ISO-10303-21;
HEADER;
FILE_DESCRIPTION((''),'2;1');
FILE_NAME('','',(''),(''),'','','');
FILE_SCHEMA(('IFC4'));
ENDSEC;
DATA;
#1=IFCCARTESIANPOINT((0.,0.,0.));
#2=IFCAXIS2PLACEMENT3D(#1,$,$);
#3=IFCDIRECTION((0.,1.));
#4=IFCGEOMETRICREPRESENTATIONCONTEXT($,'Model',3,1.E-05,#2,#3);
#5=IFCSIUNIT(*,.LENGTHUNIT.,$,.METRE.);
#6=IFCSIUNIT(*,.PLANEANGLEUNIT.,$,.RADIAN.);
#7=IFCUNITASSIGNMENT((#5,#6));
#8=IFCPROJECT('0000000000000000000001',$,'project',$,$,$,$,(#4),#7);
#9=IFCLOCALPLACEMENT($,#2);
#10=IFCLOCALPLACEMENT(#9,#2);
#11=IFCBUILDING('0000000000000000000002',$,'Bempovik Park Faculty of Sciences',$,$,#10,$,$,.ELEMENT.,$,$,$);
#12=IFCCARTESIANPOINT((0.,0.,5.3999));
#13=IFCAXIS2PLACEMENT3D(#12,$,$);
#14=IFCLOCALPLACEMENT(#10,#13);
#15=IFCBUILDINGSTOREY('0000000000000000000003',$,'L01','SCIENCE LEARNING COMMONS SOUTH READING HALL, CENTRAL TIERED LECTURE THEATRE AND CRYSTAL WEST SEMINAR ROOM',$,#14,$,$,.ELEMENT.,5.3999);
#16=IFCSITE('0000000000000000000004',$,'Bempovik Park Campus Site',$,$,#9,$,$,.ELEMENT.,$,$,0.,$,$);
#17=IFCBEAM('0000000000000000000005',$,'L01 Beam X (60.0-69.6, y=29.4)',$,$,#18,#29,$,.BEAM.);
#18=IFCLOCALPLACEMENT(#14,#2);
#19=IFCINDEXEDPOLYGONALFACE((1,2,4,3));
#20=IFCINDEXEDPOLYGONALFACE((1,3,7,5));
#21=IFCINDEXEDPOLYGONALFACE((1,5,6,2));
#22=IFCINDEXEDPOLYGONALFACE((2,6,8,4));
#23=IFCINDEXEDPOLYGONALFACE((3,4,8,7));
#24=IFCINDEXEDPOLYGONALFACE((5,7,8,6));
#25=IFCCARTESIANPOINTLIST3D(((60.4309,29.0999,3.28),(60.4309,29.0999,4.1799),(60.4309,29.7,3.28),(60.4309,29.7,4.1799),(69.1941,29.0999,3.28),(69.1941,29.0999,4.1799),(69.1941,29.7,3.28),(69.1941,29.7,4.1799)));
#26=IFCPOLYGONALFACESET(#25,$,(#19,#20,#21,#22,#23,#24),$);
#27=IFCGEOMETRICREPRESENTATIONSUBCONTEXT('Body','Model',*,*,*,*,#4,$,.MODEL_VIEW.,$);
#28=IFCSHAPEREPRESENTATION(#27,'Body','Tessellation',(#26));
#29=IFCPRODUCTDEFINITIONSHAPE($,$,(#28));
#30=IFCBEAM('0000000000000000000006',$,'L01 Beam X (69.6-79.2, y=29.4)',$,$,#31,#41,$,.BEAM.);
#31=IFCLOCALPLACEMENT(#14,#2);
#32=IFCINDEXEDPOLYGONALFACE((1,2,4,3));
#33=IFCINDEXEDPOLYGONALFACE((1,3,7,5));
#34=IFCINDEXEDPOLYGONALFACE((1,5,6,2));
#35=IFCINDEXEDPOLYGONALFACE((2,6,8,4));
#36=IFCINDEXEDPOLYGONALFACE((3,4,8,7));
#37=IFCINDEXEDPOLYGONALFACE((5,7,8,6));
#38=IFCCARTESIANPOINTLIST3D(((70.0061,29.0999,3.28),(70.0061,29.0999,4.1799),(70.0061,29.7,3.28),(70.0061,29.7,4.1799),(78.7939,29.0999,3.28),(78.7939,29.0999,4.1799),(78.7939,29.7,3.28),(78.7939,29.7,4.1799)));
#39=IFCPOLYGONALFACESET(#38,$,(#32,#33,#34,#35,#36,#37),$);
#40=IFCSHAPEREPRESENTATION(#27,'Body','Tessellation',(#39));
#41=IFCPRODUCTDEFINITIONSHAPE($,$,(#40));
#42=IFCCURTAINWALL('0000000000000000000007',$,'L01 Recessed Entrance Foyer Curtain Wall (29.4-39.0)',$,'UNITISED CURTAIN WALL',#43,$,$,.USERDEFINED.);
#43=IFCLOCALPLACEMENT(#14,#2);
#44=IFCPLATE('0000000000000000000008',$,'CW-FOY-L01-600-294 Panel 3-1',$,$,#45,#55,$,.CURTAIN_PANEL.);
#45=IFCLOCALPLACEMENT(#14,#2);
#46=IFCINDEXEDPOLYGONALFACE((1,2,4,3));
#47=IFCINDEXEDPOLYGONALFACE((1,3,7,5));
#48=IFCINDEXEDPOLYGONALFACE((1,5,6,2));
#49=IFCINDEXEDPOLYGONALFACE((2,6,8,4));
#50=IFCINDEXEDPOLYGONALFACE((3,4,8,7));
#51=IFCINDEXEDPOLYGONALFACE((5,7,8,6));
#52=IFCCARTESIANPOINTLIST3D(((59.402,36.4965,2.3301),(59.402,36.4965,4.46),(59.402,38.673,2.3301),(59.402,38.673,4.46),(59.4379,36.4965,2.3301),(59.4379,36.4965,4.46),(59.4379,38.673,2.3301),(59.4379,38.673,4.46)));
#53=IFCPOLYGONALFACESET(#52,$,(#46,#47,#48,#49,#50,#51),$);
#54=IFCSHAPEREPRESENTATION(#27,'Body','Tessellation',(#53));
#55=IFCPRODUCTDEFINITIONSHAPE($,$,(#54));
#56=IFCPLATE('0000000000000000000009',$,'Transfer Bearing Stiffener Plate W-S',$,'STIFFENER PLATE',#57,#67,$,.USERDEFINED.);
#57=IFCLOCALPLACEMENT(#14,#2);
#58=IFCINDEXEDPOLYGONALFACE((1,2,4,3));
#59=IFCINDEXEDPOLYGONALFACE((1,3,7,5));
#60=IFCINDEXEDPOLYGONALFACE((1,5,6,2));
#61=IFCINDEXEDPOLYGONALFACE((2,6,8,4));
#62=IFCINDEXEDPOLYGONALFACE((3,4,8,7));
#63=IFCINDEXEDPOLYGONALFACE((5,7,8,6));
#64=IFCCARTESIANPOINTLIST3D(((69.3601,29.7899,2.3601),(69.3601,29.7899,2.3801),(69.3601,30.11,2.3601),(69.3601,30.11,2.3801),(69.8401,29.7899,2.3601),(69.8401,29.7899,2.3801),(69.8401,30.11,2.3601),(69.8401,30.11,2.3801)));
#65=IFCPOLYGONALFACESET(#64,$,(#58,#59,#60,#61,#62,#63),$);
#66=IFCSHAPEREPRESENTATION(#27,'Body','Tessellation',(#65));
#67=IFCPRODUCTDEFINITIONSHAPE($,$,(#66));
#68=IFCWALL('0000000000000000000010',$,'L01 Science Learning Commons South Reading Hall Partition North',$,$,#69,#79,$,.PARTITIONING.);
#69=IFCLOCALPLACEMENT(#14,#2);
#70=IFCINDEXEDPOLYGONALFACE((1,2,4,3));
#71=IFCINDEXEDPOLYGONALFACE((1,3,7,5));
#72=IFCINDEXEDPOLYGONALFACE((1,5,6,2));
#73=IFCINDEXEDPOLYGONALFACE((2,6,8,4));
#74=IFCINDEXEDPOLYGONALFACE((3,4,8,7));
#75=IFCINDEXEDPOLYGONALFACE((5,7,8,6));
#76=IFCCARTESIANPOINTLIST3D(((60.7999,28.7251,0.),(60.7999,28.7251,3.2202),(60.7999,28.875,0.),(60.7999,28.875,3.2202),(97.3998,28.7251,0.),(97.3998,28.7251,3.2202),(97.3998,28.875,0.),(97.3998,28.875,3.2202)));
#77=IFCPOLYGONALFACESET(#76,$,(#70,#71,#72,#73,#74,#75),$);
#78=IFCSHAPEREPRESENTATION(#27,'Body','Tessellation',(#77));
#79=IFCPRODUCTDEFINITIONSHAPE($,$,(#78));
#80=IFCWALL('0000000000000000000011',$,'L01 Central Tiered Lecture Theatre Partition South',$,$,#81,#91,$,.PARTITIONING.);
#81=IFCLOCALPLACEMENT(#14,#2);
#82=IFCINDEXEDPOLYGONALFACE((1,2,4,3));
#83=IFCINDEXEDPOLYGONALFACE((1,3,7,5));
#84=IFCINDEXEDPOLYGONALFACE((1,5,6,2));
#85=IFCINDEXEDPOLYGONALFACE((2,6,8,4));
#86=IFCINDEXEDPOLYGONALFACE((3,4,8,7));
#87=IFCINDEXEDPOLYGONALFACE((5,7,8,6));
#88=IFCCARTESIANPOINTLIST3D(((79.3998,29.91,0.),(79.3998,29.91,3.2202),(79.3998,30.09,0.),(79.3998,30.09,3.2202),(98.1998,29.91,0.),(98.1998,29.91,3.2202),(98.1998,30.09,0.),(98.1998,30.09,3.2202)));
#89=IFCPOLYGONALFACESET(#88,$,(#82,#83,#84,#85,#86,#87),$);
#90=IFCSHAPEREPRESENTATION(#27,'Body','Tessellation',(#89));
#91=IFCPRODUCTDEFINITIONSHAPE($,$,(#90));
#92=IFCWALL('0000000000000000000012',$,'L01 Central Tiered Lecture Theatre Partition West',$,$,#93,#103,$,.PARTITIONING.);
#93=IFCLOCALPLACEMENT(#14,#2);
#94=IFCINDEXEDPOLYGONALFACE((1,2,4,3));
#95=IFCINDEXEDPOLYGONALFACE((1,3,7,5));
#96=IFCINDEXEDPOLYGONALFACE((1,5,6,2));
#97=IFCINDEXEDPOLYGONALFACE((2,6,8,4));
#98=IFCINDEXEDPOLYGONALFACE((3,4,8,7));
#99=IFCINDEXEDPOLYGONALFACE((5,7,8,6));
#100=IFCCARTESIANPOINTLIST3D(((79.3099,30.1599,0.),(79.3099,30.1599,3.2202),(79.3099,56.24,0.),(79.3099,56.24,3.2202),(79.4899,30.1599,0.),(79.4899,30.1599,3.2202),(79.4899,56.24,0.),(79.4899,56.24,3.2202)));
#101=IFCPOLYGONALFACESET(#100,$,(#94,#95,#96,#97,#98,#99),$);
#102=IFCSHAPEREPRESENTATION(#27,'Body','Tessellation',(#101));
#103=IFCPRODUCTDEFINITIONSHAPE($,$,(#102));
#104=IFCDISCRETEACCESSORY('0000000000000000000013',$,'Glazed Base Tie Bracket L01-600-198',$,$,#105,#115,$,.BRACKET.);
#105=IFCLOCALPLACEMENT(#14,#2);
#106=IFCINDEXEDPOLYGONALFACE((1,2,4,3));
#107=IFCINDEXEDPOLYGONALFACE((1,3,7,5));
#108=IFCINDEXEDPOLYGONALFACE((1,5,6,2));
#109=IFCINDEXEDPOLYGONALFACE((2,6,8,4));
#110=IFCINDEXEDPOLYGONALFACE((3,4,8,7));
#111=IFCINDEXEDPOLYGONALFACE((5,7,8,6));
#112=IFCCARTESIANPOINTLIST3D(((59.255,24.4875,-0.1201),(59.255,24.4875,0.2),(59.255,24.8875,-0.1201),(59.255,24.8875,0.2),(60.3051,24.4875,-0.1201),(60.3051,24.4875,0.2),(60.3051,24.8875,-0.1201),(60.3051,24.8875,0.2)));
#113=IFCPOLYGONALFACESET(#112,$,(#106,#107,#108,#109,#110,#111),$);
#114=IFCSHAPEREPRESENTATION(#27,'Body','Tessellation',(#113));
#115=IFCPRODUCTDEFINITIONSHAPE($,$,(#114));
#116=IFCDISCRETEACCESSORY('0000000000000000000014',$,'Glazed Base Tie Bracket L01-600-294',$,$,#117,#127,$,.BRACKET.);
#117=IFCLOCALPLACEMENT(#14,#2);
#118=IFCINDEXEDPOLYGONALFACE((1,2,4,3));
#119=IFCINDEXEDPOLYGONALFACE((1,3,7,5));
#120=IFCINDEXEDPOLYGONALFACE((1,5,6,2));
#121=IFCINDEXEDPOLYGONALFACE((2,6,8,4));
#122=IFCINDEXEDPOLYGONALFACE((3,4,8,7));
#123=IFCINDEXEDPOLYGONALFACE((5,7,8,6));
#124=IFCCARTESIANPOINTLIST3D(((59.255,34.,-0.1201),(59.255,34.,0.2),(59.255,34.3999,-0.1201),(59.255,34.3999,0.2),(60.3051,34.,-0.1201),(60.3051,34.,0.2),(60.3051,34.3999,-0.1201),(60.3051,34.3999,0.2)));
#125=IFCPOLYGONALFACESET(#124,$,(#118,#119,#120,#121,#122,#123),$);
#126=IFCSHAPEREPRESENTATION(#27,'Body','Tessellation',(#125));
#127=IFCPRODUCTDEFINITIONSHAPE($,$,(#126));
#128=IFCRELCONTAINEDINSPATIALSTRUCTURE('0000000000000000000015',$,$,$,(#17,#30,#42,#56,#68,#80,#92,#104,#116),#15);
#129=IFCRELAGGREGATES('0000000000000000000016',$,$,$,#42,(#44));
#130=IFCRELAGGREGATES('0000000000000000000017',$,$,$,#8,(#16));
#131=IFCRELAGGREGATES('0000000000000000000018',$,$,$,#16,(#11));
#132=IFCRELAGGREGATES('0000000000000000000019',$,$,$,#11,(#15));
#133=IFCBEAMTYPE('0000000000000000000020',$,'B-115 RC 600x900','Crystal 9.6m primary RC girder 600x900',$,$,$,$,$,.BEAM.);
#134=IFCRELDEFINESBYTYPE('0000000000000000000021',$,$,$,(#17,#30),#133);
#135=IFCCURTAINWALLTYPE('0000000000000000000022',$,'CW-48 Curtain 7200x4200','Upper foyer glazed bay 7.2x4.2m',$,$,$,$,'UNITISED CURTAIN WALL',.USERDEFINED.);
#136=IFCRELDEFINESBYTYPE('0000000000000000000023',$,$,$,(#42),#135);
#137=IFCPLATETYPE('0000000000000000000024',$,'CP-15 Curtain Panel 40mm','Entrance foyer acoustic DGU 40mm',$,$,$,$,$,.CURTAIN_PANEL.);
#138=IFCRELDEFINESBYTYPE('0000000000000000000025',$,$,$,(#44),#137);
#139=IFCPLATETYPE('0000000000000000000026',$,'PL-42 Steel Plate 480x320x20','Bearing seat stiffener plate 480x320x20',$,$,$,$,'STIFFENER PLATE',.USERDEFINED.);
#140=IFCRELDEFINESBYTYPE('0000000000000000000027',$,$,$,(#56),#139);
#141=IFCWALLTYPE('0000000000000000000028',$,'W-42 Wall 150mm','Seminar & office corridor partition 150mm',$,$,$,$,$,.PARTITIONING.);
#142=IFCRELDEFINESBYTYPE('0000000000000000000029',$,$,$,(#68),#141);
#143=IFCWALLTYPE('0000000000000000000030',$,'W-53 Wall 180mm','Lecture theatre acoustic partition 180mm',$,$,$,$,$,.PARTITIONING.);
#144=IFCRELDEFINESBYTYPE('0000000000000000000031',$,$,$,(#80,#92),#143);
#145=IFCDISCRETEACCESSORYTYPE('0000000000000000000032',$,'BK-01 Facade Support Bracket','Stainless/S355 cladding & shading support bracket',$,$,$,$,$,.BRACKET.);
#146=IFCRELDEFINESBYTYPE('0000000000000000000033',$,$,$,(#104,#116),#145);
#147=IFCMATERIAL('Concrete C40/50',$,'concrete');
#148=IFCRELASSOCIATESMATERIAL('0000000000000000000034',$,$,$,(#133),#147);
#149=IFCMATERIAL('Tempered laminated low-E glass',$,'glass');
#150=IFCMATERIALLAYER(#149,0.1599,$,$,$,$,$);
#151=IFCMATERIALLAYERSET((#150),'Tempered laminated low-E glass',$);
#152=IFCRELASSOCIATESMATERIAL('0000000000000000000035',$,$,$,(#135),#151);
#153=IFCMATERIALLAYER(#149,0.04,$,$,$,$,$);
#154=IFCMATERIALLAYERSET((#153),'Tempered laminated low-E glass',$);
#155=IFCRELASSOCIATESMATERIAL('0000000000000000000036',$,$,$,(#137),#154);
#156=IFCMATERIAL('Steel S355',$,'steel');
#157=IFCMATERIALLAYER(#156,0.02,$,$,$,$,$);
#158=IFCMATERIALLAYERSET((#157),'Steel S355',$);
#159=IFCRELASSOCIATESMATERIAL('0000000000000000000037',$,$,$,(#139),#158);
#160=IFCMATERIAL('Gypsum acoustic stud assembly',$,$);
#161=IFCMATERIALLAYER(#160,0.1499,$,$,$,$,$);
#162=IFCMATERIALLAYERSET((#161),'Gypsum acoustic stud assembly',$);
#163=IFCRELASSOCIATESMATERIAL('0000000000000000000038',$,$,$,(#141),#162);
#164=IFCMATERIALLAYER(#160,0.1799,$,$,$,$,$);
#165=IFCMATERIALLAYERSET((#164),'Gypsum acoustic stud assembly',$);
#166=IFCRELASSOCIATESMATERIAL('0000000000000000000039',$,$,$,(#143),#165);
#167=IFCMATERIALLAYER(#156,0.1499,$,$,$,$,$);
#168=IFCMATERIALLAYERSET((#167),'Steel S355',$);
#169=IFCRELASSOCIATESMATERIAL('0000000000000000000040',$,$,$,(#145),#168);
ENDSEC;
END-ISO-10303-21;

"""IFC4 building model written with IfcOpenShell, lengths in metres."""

from ifc_helpers import new_model, si_unit, direction, frame, frame_2d, origin, origin_2d, place, context, subcontext, project, spatial, rectangle, extrude, material, layer, layer_set, material_profile, profile_set, type_object, element, aggregate, save


model = new_model("IFC4")

# Units and contexts
model_context = context("Model", 3, precision=1e-05, world=origin(), true_north=direction((0.0, 1.0)))
body_context = subcontext(model_context, "Body", "Model", "MODEL_VIEW")
ifc_project = project(units=[si_unit("LENGTHUNIT", "METRE"), si_unit("PLANEANGLEUNIT", "RADIAN")], contexts=[model_context])

# Site, building, storey
site_placement = place(None, origin())
site = spatial("IfcSite", under=ifc_project, at=site_placement, Name="Bempovik Park Campus Site", CompositionType="ELEMENT", RefElevation=0.0)
building_placement = place(site_placement, origin())
building = spatial("IfcBuilding", under=site, at=building_placement, Name="Bempovik Park Faculty of Sciences", CompositionType="ELEMENT")
storey_placement = place(building_placement, frame((0.0, 0.0, 5.3999)))
storey = spatial("IfcBuildingStorey", under=building, at=storey_placement, Name="L01", Description="SCIENCE LEARNING COMMONS SOUTH READING HALL, CENTRAL TIERED LECTURE THEATRE AND CRYSTAL WEST SEMINAR ROOM", CompositionType="ELEMENT", Elevation=5.3999)

# Shared definitions
ifc_material_1 = material(Name="Concrete C40/50", Category="concrete")

# Beams
ifc_material_profile_1 = material_profile(ifc_material_1, rectangle(XDim=0.6001, YDim=0.8999, at=origin_2d()), Name="RC 600x900")
ifc_profile_set_1 = profile_set([ifc_material_profile_1], Name="Concrete C40/50")
beam_type_1 = type_object("IfcBeamType", Name="B-115 RC 600x900", Description="Crystal 9.6m primary RC girder 600x900", PredefinedType="BEAM", material=ifc_profile_set_1)
beam_1_placement = place(storey_placement, frame((60.4309, 29.3999, 3.73), z_axis=(1.0, 0.0, 0.0), x_axis=(0.0, 1.0, 0.0)))
element("IfcBeam", 1, at=beam_1_placement, inside=storey, type_object=beam_type_1, Name="L01 Beam X (60.0-69.6, y=29.4)", PredefinedType="BEAM", context=body_context, shape_type="SweptSolid", body=[
    extrude(rectangle(XDim=0.6001, YDim=0.8999, at=origin_2d()), origin(), (0.0, 0.0, 1.0), 8.7632),
])
beam_2_placement = place(storey_placement, frame((70.0061, 29.3999, 3.73), z_axis=(1.0, 0.0, 0.0), x_axis=(0.0, 1.0, 0.0)))
element("IfcBeam", 2, at=beam_2_placement, inside=storey, type_object=beam_type_1, Name="L01 Beam X (69.6-79.2, y=29.4)", PredefinedType="BEAM", context=body_context, shape_type="SweptSolid", body=[
    extrude(rectangle(XDim=0.6001, YDim=0.8999, at=origin_2d()), origin(), (0.0, 0.0, 1.0), 8.7878),
])

# Curtain wall, plate
ifc_material_2 = material(Name="Tempered laminated low-E glass", Category="glass")
ifc_layer_1 = layer(ifc_material_2, 0.1599)
ifc_layer_set_1 = layer_set([ifc_layer_1], Name="Tempered laminated low-E glass")
curtain_wall_type = type_object("IfcCurtainWallType", Name="CW-48 Curtain 7200x4200", Description="Upper foyer glazed bay 7.2x4.2m", ElementType="UNITISED CURTAIN WALL", PredefinedType="USERDEFINED", material=ifc_layer_set_1)
curtain_wall_placement = place(storey_placement, origin())
curtain_wall = element("IfcCurtainWall", 3, at=curtain_wall_placement, inside=storey, type_object=curtain_wall_type, Name="L01 Recessed Entrance Foyer Curtain Wall (29.4-39.0)", ObjectType="UNITISED CURTAIN WALL", PredefinedType="USERDEFINED")
ifc_layer_2 = layer(ifc_material_2, 0.04)
ifc_layer_set_2 = layer_set([ifc_layer_2], Name="Tempered laminated low-E glass")
plate_type_1 = type_object("IfcPlateType", Name="CP-15 Curtain Panel 40mm", Description="Entrance foyer acoustic DGU 40mm", PredefinedType="CURTAIN_PANEL", material=ifc_layer_set_2)
plate_1_placement = place(storey_placement, frame((59.4199, 37.5847, 2.3301), z_axis=(0.0, 0.0, 1.0), x_axis=(0.0, 1.0, 0.0)))
plate_1 = element("IfcPlate", 4, at=plate_1_placement, type_object=plate_type_1, Name="CW-FOY-L01-600-294 Panel 3-1", PredefinedType="CURTAIN_PANEL", context=body_context, shape_type="SweptSolid", body=[
    extrude(rectangle(XDim=2.1765, YDim=0.0359, at=origin_2d()), origin(), (0.0, 0.0, 1.0), 2.1299),
])
aggregate(curtain_wall, [plate_1])

# Plate
ifc_material_3 = material(Name="Steel S355", Category="steel")
ifc_layer_3 = layer(ifc_material_3, 0.02)
ifc_layer_set_3 = layer_set([ifc_layer_3], Name="Steel S355")
plate_type_2 = type_object("IfcPlateType", Name="PL-42 Steel Plate 480x320x20", Description="Bearing seat stiffener plate 480x320x20", ElementType="STIFFENER PLATE", PredefinedType="USERDEFINED", material=ifc_layer_set_3)
plate_2_placement = place(storey_placement, frame((69.6001, 29.95, 2.3601), z_axis=(0.0, 0.0, 1.0), x_axis=(1.0, 0.0, 0.0)))
element("IfcPlate", 5, at=plate_2_placement, inside=storey, type_object=plate_type_2, Name="Transfer Bearing Stiffener Plate W-S", ObjectType="STIFFENER PLATE", PredefinedType="USERDEFINED", context=body_context, shape_type="SweptSolid", body=[
    extrude(rectangle(XDim=0.48, YDim=0.3201, at=origin_2d()), origin(), (0.0, 0.0, 1.0), 0.02),
])

# Walls
ifc_material_4 = material(Name="Gypsum acoustic stud assembly")
ifc_layer_4 = layer(ifc_material_4, 0.1499)
ifc_layer_set_4 = layer_set([ifc_layer_4], Name="Gypsum acoustic stud assembly")
wall_type_1 = type_object("IfcWallType", Name="W-42 Wall 150mm", Description="Seminar & office corridor partition 150mm", PredefinedType="PARTITIONING", material=ifc_layer_set_4)
wall_1_placement = place(storey_placement, frame((60.8, 28.8, 0.0), z_axis=(0.0, 0.0, 1.0), x_axis=(1.0, 0.0, 0.0)))
element("IfcWall", 6, at=wall_1_placement, inside=storey, type_object=wall_type_1, Name="L01 Science Learning Commons South Reading Hall Partition North", PredefinedType="PARTITIONING", context=body_context, shape_type="SweptSolid", body=[
    extrude(rectangle(XDim=36.5999, YDim=0.1499, at=frame_2d((18.2998, 0.0))), origin(), (0.0, 0.0, 1.0), 3.2202),
])
ifc_layer_5 = layer(ifc_material_4, 0.1799)
ifc_layer_set_5 = layer_set([ifc_layer_5], Name="Gypsum acoustic stud assembly")
wall_type_2 = type_object("IfcWallType", Name="W-53 Wall 180mm", Description="Lecture theatre acoustic partition 180mm", PredefinedType="PARTITIONING", material=ifc_layer_set_5)
wall_2_placement = place(storey_placement, frame((79.3999, 30.0, 0.0), z_axis=(0.0, 0.0, 1.0), x_axis=(1.0, 0.0, 0.0)))
element("IfcWall", 7, at=wall_2_placement, inside=storey, type_object=wall_type_2, Name="L01 Central Tiered Lecture Theatre Partition South", PredefinedType="PARTITIONING", context=body_context, shape_type="SweptSolid", body=[
    extrude(rectangle(XDim=18.8, YDim=0.1799, at=frame_2d((9.3999, 0.0))), origin(), (0.0, 0.0, 1.0), 3.2202),
])
wall_3_placement = place(storey_placement, frame((79.3999, 30.1599, 0.0), z_axis=(0.0, 0.0, 1.0), x_axis=(0.0, 1.0, 0.0)))
element("IfcWall", 8, at=wall_3_placement, inside=storey, type_object=wall_type_2, Name="L01 Central Tiered Lecture Theatre Partition West", PredefinedType="PARTITIONING", context=body_context, shape_type="SweptSolid", body=[
    extrude(rectangle(XDim=26.0801, YDim=0.1799, at=frame_2d((13.04, 0.0))), origin(), (0.0, 0.0, 1.0), 3.2202),
])

# Discrete accessories
ifc_layer_6 = layer(ifc_material_3, 0.1499)
ifc_layer_set_6 = layer_set([ifc_layer_6], Name="Steel S355")
discrete_accessory_type = type_object("IfcDiscreteAccessoryType", Name="BK-01 Facade Support Bracket", Description="Stainless/S355 cladding & shading support bracket", PredefinedType="BRACKET", material=ifc_layer_set_6)
for number, where, z_axis, x_axis, name in (
    (9, (59.78, 24.6875, -0.1201), (0.0, 0.0, 1.0), (1.0, 0.0, 0.0), "Glazed Base Tie Bracket L01-600-198"),
    (10, (59.78, 34.2, -0.1201), (0.0, 0.0, 1.0), (1.0, 0.0, 0.0), "Glazed Base Tie Bracket L01-600-294"),
):
    element("IfcDiscreteAccessory", number, at=place(storey_placement, frame(where, z_axis=z_axis, x_axis=x_axis)), inside=storey, type_object=discrete_accessory_type, Name=name, PredefinedType="BRACKET", context=body_context, shape_type="SweptSolid", body=[
        extrude(rectangle(XDim=1.05, YDim=0.3999, at=origin_2d()), origin(), (0.0, 0.0, 1.0), 0.3201),
    ])

save(model, "model.ifc")
